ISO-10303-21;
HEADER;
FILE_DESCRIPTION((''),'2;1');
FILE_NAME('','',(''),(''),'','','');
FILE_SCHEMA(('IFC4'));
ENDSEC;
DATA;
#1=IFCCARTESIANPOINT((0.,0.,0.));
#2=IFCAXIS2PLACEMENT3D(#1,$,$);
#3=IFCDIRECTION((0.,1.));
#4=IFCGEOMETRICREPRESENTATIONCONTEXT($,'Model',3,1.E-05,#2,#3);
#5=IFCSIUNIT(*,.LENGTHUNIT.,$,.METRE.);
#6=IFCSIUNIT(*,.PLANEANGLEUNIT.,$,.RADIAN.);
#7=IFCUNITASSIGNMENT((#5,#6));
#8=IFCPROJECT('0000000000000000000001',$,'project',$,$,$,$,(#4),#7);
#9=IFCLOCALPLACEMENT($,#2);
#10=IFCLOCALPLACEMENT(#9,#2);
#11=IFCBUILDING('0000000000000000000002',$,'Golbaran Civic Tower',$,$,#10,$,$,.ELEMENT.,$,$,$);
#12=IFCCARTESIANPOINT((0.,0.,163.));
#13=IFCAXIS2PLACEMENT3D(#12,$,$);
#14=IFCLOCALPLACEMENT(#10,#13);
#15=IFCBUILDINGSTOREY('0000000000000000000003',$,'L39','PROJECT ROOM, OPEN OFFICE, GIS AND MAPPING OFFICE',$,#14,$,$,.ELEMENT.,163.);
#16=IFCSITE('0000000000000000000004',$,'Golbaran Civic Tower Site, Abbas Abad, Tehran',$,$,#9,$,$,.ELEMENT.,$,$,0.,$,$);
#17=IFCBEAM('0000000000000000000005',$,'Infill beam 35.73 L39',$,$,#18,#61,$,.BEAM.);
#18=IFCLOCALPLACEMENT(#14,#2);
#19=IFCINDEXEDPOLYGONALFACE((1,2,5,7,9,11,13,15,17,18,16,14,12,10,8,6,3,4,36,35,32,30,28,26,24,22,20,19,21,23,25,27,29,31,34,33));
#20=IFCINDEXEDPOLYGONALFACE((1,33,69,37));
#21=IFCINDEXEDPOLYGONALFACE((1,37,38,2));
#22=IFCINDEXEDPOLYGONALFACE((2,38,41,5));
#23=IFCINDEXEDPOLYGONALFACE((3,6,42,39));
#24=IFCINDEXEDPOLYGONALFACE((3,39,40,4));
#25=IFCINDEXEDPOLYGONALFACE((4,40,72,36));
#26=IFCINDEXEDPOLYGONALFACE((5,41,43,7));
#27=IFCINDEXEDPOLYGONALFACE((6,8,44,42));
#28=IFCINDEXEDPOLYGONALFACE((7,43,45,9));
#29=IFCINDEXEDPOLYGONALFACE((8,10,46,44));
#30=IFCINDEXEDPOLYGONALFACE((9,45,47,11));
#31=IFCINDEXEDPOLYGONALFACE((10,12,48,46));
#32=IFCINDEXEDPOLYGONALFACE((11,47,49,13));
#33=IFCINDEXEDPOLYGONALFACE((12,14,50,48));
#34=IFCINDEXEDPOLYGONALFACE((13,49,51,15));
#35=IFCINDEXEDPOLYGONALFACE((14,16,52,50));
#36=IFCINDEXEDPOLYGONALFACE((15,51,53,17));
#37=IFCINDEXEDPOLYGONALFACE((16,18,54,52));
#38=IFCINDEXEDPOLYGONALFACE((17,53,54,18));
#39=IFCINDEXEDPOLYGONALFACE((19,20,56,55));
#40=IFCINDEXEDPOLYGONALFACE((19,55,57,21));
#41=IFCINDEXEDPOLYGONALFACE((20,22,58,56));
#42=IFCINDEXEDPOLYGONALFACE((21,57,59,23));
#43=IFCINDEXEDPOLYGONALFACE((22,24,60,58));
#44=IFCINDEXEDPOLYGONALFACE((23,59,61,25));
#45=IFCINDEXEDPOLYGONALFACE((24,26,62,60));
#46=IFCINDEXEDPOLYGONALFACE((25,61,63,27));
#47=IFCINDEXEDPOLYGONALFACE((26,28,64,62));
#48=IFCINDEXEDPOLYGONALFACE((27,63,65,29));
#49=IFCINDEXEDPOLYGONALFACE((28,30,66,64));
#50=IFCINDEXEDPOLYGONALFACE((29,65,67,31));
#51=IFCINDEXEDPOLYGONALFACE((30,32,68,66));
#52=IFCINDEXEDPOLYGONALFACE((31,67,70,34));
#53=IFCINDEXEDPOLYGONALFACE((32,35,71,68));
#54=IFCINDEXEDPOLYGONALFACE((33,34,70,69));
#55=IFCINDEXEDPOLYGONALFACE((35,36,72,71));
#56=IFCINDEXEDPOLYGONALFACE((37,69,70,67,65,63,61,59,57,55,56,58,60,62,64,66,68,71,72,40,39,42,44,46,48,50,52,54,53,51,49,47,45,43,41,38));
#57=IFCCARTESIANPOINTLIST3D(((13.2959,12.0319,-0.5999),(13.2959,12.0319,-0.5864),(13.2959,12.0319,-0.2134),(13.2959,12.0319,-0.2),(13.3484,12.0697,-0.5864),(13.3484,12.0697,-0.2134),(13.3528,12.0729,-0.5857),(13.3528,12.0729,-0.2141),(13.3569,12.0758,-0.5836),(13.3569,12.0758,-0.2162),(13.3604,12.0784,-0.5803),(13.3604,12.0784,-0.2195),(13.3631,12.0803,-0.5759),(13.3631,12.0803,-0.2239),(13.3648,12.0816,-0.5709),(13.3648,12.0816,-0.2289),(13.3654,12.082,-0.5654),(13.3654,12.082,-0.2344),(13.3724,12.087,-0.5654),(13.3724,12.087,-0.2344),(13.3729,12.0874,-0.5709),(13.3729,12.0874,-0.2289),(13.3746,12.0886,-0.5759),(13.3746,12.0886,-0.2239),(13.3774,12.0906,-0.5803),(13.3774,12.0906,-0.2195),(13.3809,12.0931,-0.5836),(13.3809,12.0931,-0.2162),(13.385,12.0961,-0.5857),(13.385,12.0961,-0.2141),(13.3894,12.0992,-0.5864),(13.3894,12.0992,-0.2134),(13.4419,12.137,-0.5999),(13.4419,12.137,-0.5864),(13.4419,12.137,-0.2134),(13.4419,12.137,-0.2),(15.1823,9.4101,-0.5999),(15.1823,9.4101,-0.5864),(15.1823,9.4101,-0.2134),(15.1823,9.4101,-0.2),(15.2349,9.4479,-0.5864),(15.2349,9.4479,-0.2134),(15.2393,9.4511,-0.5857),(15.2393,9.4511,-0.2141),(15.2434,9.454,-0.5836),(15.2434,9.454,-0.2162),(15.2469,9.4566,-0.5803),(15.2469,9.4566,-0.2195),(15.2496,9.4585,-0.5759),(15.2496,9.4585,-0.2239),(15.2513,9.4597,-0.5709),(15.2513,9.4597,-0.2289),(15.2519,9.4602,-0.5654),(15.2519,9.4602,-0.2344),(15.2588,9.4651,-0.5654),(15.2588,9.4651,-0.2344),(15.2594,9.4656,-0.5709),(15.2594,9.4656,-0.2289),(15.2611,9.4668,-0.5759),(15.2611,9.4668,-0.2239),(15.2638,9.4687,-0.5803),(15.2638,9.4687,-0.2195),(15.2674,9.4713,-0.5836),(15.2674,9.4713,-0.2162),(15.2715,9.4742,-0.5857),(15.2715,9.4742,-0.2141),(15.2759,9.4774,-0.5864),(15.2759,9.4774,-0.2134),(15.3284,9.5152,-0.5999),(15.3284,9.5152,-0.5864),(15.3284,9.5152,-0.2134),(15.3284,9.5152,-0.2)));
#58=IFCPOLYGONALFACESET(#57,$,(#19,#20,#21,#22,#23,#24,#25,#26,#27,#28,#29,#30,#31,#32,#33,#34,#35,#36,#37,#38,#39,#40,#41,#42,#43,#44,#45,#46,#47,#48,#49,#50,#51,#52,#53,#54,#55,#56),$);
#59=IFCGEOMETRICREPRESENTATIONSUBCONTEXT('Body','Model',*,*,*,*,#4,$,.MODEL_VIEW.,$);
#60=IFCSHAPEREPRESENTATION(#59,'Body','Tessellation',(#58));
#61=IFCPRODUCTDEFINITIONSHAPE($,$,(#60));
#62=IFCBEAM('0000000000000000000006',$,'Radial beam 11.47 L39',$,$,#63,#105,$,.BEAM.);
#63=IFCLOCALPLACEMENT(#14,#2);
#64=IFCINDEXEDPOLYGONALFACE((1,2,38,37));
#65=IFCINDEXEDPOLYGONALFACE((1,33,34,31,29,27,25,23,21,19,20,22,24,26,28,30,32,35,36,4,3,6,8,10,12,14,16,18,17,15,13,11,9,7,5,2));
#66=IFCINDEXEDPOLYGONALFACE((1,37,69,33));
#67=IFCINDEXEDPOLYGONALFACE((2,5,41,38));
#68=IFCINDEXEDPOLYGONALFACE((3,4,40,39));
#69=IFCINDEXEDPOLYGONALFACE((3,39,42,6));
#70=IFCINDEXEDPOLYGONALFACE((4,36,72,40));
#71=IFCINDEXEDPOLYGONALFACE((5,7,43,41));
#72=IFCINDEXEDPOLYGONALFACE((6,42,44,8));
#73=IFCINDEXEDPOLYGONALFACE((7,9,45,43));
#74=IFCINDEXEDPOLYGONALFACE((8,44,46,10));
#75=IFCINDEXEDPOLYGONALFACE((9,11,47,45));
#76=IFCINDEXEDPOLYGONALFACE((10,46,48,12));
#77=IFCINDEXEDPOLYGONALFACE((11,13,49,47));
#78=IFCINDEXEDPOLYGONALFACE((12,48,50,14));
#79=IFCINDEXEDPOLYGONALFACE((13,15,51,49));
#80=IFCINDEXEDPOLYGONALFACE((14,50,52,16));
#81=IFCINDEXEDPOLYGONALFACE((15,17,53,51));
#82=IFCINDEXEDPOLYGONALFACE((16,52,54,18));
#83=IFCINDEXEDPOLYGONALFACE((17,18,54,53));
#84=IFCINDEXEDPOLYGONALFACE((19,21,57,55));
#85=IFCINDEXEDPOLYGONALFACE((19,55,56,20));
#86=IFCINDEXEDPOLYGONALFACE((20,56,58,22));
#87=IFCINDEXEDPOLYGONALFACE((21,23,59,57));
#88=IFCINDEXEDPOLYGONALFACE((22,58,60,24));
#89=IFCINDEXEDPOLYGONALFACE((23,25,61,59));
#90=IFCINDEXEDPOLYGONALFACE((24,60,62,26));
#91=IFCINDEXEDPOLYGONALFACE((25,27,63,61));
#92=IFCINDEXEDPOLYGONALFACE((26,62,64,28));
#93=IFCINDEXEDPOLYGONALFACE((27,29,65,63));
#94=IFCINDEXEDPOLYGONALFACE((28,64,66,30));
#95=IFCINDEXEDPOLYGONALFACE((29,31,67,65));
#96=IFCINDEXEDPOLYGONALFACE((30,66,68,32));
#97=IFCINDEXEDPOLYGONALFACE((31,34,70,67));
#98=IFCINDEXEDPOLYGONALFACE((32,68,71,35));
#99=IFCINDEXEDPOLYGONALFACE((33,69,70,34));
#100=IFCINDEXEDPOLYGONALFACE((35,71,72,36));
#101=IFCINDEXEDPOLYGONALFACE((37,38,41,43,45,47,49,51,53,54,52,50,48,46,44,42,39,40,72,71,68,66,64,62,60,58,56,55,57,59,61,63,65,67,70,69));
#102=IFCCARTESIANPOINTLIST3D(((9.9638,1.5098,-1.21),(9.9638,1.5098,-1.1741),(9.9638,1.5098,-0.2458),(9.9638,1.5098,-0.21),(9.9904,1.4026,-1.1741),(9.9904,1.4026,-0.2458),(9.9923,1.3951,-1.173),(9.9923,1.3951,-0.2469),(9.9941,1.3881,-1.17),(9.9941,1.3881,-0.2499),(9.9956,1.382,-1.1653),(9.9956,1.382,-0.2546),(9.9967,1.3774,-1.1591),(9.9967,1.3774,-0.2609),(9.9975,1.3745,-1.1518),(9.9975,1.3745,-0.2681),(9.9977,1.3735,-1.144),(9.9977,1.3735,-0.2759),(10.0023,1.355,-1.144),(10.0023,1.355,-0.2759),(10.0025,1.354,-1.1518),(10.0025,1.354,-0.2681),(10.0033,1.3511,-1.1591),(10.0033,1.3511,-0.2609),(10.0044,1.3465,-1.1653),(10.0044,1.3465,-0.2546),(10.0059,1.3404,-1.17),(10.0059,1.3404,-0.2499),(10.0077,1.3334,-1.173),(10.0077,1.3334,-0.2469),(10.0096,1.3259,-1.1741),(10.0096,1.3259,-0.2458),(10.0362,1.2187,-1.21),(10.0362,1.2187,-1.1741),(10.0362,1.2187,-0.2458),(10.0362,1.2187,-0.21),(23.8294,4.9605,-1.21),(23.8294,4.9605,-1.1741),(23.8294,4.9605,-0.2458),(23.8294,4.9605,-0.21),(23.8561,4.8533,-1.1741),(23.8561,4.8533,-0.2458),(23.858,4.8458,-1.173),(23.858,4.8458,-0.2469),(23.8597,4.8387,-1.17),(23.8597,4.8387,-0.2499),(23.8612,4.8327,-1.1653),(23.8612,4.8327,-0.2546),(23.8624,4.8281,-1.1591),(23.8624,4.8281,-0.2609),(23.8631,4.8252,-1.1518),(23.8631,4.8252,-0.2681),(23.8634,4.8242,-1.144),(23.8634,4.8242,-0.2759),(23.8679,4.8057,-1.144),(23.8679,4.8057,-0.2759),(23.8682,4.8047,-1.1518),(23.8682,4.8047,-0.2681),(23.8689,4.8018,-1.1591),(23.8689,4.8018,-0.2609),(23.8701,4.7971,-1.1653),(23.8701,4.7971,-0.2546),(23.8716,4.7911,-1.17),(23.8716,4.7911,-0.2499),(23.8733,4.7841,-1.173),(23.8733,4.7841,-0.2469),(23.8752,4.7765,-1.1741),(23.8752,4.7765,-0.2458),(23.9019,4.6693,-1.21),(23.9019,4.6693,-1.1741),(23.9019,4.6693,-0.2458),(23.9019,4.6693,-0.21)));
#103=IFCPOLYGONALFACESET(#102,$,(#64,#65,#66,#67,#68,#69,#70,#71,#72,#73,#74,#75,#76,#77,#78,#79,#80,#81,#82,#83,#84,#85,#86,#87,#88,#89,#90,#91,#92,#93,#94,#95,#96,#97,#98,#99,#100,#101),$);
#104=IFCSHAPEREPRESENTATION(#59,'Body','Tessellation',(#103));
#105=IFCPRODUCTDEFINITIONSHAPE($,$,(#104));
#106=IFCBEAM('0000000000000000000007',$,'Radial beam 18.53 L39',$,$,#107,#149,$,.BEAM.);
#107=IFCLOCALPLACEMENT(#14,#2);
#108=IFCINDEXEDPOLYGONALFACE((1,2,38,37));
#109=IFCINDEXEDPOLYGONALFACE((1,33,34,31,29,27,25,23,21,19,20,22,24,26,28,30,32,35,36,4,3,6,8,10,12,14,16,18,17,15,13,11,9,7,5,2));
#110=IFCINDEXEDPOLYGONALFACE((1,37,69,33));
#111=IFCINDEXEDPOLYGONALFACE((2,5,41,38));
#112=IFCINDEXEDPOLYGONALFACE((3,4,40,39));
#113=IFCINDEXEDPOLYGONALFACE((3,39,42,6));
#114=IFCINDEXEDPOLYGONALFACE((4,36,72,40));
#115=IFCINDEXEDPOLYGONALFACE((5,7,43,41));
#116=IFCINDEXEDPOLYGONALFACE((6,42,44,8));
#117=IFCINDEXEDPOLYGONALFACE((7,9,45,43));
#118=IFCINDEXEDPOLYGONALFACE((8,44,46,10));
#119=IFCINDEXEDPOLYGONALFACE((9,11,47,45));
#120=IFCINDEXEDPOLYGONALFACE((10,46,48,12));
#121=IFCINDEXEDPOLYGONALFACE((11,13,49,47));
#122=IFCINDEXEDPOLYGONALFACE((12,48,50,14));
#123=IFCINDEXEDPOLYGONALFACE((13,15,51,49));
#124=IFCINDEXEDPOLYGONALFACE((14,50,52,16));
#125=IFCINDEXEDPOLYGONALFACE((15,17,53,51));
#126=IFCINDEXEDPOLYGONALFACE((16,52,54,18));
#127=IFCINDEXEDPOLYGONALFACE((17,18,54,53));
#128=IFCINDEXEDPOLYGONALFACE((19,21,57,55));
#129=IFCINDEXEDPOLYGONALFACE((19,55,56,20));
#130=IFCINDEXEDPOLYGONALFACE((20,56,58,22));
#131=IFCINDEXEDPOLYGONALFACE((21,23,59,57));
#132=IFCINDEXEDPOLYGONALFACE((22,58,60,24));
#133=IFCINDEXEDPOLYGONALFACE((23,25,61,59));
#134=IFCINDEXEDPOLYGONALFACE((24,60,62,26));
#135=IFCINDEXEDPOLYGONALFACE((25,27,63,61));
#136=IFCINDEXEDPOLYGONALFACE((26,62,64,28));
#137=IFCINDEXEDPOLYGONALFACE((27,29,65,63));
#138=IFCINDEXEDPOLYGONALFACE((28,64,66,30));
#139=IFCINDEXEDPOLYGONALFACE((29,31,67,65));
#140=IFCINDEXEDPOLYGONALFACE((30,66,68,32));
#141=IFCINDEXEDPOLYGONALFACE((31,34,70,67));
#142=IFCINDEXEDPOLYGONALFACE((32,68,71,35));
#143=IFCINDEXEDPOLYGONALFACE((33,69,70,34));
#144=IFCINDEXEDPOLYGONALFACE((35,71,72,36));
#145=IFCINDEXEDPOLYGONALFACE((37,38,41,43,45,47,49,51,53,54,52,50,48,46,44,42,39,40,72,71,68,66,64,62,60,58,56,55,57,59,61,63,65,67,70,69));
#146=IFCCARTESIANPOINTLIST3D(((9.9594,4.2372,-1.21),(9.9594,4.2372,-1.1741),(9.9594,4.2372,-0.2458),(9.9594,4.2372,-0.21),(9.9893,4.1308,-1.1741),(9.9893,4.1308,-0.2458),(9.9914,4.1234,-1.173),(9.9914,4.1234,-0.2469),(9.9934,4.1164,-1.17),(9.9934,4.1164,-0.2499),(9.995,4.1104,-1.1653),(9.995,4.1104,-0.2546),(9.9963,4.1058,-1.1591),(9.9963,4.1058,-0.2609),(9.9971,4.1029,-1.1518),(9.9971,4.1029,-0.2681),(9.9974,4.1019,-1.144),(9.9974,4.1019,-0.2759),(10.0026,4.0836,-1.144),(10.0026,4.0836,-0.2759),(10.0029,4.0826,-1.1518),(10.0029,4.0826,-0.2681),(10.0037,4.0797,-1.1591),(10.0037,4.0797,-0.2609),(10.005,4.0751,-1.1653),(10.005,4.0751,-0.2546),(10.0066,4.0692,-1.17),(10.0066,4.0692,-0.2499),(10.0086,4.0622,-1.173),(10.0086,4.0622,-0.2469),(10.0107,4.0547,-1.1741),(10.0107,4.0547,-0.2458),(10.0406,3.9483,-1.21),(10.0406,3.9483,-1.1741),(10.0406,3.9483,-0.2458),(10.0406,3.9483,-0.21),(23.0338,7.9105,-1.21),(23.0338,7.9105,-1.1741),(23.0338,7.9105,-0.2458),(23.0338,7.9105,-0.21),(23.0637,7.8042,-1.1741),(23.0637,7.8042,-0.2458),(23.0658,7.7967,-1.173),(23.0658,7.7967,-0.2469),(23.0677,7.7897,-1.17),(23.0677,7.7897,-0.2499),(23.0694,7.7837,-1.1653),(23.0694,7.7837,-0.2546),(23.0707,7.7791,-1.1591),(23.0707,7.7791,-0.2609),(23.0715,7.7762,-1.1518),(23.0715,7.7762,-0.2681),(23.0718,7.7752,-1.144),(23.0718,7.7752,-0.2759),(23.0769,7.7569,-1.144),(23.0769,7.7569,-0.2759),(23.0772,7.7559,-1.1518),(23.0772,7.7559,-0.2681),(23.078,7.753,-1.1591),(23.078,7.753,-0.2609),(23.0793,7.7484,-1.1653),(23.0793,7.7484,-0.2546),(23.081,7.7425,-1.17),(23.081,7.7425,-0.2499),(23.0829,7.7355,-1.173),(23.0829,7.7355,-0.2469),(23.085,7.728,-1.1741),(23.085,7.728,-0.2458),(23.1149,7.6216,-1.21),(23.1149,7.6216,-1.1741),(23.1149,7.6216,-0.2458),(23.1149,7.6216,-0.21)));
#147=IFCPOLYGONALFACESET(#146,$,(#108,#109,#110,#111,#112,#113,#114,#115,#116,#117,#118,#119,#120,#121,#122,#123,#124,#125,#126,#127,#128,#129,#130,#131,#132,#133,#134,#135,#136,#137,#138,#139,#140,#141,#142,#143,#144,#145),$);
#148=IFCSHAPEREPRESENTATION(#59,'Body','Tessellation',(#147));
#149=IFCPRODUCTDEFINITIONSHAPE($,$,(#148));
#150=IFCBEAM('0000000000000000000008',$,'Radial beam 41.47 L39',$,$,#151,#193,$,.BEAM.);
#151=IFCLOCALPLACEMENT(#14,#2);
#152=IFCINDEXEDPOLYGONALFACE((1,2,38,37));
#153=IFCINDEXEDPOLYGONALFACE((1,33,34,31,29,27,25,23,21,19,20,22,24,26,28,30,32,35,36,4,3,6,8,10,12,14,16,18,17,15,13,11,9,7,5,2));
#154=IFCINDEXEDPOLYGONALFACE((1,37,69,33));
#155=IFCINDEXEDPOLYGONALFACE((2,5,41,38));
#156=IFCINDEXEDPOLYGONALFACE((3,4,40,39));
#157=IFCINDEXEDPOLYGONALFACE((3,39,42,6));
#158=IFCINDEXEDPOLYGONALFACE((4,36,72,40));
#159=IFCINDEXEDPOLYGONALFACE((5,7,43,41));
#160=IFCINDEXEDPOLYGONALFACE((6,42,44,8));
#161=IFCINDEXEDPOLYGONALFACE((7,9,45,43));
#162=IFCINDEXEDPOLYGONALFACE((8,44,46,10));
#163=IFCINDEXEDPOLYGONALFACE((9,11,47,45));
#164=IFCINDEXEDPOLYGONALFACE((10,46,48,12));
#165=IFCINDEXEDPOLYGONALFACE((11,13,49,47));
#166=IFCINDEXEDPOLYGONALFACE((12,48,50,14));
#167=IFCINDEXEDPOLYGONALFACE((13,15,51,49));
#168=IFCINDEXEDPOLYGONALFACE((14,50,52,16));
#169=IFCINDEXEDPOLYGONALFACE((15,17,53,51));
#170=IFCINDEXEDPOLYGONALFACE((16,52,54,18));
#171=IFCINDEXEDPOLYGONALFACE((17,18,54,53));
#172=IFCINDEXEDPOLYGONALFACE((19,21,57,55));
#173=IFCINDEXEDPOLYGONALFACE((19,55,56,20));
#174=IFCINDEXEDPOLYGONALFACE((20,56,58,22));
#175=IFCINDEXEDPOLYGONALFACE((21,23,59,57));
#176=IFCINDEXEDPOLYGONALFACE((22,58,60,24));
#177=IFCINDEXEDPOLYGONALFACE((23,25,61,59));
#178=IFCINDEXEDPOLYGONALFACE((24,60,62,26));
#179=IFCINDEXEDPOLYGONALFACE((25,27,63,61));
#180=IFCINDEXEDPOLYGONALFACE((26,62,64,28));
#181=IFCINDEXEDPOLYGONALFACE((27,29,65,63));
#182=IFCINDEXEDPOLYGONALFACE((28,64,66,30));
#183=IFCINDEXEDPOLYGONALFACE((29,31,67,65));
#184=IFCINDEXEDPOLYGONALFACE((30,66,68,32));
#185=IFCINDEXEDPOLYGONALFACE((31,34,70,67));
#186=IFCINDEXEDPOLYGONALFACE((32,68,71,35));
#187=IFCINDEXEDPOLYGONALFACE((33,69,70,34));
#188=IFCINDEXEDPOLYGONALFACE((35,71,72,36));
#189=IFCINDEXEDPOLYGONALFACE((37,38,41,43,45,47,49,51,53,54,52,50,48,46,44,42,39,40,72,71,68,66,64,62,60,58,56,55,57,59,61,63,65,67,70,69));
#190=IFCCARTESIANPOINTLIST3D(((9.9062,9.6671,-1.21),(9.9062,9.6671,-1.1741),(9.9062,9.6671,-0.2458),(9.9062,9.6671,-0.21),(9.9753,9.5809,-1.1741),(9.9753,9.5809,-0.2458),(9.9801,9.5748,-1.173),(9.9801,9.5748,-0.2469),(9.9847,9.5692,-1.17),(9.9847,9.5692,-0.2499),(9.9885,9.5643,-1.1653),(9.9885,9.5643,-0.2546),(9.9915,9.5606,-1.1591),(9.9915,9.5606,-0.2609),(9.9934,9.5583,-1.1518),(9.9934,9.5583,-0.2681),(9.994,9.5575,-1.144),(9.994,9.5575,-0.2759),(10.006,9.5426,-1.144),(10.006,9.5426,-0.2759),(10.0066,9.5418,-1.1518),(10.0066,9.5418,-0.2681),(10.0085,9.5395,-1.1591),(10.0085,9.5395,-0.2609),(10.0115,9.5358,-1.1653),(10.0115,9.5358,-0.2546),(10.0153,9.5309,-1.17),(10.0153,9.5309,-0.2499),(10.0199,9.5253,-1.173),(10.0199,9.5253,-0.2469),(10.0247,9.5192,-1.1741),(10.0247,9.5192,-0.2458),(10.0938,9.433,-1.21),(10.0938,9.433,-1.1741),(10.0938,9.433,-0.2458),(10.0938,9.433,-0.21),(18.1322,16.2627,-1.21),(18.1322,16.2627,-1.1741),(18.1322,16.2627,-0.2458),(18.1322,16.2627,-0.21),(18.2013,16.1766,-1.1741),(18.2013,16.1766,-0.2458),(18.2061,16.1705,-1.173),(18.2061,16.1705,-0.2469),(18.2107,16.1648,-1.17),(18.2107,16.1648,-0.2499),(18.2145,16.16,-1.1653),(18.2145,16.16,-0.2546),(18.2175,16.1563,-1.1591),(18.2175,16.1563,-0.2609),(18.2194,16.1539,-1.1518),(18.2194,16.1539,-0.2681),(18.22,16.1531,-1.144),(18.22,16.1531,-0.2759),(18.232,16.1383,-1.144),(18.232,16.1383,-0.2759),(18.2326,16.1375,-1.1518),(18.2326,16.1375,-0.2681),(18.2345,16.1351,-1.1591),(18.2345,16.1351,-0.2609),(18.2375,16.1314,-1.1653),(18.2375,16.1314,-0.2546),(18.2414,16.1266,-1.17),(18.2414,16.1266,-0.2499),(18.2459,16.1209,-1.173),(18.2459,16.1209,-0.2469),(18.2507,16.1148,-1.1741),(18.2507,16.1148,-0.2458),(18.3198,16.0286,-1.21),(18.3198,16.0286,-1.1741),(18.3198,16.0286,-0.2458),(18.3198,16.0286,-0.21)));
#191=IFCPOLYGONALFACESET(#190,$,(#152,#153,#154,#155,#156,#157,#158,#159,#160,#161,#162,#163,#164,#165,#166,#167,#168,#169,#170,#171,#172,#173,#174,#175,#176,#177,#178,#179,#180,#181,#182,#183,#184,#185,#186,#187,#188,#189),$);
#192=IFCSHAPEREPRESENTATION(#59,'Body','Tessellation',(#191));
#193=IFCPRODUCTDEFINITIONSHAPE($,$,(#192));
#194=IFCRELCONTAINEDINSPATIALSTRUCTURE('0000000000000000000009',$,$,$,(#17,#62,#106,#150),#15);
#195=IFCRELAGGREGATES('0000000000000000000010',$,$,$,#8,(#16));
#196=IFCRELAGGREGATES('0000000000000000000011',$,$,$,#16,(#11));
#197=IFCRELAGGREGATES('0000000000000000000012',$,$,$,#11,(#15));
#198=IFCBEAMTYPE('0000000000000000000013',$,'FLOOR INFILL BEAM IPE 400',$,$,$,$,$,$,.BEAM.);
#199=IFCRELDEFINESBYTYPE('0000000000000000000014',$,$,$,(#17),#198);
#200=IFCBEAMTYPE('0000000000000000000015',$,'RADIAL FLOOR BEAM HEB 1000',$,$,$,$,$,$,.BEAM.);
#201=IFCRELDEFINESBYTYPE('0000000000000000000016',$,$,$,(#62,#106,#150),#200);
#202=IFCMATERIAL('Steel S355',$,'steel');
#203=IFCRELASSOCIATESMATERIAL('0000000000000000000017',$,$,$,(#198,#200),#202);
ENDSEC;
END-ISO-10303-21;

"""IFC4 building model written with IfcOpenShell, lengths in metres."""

from ifc_helpers import new_model, si_unit, direction, frame, origin, origin_2d, place, context, subcontext, project, spatial, i_section, extrude, material, material_profile, profile_set, type_object, element, save


model = new_model("IFC4")

# Units and contexts
model_context = context("Model", 3, precision=1e-05, world=origin(), true_north=direction((0.0, 1.0)))
body_context = subcontext(model_context, "Body", "Model", "MODEL_VIEW")
ifc_project = project(units=[si_unit("LENGTHUNIT", "METRE"), si_unit("PLANEANGLEUNIT", "RADIAN")], contexts=[model_context])

# Site, building, storey
site_placement = place(None, origin())
site = spatial("IfcSite", under=ifc_project, at=site_placement, Name="Golbaran Civic Tower Site, Abbas Abad, Tehran", CompositionType="ELEMENT", RefElevation=0.0)
building_placement = place(site_placement, origin())
building = spatial("IfcBuilding", under=site, at=building_placement, Name="Golbaran Civic Tower", CompositionType="ELEMENT")
storey_placement = place(building_placement, frame((0.0, 0.0, 163.0)))
storey = spatial("IfcBuildingStorey", under=building, at=storey_placement, Name="L39", Description="PROJECT ROOM, OPEN OFFICE, GIS AND MAPPING OFFICE", CompositionType="ELEMENT", Elevation=163.0)

# Beams
ifc_material_1 = material(Name="Steel S355", Category="steel")
ifc_material_profile_1 = material_profile(ifc_material_1, i_section(OverallWidth=0.1799, OverallDepth=0.3999, WebThickness=0.0085, FlangeThickness=0.0134, FilletRadius=0.021, at=origin_2d()), Name="IPE 400")
ifc_profile_set_1 = profile_set([ifc_material_profile_1], Name="Steel S355")
beam_type_1 = type_object("IfcBeamType", Name="FLOOR INFILL BEAM IPE 400", PredefinedType="BEAM", material=ifc_profile_set_1)
beam_1_placement = place(storey_placement, frame((15.2554, 9.4626, -0.3999), z_axis=(-0.584052, 0.811716, 0.0), x_axis=(-0.811716, -0.584052, 0.0)))
element("IfcBeam", 1, at=beam_1_placement, inside=storey, type_object=beam_type_1, Name="Infill beam 35.73 L39", PredefinedType="BEAM", context=body_context, shape_type="SweptSolid", body=[
    extrude(i_section(OverallWidth=0.1799, OverallDepth=0.3999, WebThickness=0.0085, FlangeThickness=0.0134, FilletRadius=0.021, at=origin_2d()), origin(), (0.0, 0.0, 1.0), 3.23),
])
ifc_material_profile_2 = material_profile(ifc_material_1, i_section(OverallWidth=0.3, OverallDepth=1.0, WebThickness=0.019, FlangeThickness=0.0359, FilletRadius=0.03, at=origin_2d()), Name="HEB 1000")
ifc_profile_set_2 = profile_set([ifc_material_profile_2], Name="Steel S355")
beam_type_2 = type_object("IfcBeamType", Name="RADIAL FLOOR BEAM HEB 1000", PredefinedType="BEAM", material=ifc_profile_set_2)
beam_2_placement = place(storey_placement, frame((10.0, 1.3643, -0.71), z_axis=(0.970401, 0.241498, 0.0), x_axis=(-0.241498, 0.970401, 0.0)))
element("IfcBeam", 2, at=beam_2_placement, inside=storey, type_object=beam_type_2, Name="Radial beam 11.47 L39", PredefinedType="BEAM", context=body_context, shape_type="SweptSolid", body=[
    extrude(i_section(OverallWidth=0.3, OverallDepth=1.0, WebThickness=0.019, FlangeThickness=0.0359, FilletRadius=0.03, at=origin_2d()), origin(), (0.0, 0.0, 1.0), 14.2886),
])
beam_3_placement = place(storey_placement, frame((10.0, 4.0928, -0.71), z_axis=(0.962725, 0.270483, 0.0), x_axis=(-0.270483, 0.962725, 0.0)))
element("IfcBeam", 3, at=beam_3_placement, inside=storey, type_object=beam_type_2, Name="Radial beam 18.53 L39", PredefinedType="BEAM", context=body_context, shape_type="SweptSolid", body=[
    extrude(i_section(OverallWidth=0.3, OverallDepth=1.0, WebThickness=0.019, FlangeThickness=0.0359, FilletRadius=0.03, at=origin_2d()), origin(), (0.0, 0.0, 1.0), 13.5806),
])
beam_4_placement = place(storey_placement, frame((10.0, 9.55, -0.71), z_axis=(0.780182, 0.625553, 0.0), x_axis=(-0.625553, 0.780182, 0.0)))
element("IfcBeam", 4, at=beam_4_placement, inside=storey, type_object=beam_type_2, Name="Radial beam 41.47 L39", PredefinedType="BEAM", context=body_context, shape_type="SweptSolid", body=[
    extrude(i_section(OverallWidth=0.3, OverallDepth=1.0, WebThickness=0.019, FlangeThickness=0.0359, FilletRadius=0.03, at=origin_2d()), origin(), (0.0, 0.0, 1.0), 10.5437),
])

save(model, "model.ifc")
